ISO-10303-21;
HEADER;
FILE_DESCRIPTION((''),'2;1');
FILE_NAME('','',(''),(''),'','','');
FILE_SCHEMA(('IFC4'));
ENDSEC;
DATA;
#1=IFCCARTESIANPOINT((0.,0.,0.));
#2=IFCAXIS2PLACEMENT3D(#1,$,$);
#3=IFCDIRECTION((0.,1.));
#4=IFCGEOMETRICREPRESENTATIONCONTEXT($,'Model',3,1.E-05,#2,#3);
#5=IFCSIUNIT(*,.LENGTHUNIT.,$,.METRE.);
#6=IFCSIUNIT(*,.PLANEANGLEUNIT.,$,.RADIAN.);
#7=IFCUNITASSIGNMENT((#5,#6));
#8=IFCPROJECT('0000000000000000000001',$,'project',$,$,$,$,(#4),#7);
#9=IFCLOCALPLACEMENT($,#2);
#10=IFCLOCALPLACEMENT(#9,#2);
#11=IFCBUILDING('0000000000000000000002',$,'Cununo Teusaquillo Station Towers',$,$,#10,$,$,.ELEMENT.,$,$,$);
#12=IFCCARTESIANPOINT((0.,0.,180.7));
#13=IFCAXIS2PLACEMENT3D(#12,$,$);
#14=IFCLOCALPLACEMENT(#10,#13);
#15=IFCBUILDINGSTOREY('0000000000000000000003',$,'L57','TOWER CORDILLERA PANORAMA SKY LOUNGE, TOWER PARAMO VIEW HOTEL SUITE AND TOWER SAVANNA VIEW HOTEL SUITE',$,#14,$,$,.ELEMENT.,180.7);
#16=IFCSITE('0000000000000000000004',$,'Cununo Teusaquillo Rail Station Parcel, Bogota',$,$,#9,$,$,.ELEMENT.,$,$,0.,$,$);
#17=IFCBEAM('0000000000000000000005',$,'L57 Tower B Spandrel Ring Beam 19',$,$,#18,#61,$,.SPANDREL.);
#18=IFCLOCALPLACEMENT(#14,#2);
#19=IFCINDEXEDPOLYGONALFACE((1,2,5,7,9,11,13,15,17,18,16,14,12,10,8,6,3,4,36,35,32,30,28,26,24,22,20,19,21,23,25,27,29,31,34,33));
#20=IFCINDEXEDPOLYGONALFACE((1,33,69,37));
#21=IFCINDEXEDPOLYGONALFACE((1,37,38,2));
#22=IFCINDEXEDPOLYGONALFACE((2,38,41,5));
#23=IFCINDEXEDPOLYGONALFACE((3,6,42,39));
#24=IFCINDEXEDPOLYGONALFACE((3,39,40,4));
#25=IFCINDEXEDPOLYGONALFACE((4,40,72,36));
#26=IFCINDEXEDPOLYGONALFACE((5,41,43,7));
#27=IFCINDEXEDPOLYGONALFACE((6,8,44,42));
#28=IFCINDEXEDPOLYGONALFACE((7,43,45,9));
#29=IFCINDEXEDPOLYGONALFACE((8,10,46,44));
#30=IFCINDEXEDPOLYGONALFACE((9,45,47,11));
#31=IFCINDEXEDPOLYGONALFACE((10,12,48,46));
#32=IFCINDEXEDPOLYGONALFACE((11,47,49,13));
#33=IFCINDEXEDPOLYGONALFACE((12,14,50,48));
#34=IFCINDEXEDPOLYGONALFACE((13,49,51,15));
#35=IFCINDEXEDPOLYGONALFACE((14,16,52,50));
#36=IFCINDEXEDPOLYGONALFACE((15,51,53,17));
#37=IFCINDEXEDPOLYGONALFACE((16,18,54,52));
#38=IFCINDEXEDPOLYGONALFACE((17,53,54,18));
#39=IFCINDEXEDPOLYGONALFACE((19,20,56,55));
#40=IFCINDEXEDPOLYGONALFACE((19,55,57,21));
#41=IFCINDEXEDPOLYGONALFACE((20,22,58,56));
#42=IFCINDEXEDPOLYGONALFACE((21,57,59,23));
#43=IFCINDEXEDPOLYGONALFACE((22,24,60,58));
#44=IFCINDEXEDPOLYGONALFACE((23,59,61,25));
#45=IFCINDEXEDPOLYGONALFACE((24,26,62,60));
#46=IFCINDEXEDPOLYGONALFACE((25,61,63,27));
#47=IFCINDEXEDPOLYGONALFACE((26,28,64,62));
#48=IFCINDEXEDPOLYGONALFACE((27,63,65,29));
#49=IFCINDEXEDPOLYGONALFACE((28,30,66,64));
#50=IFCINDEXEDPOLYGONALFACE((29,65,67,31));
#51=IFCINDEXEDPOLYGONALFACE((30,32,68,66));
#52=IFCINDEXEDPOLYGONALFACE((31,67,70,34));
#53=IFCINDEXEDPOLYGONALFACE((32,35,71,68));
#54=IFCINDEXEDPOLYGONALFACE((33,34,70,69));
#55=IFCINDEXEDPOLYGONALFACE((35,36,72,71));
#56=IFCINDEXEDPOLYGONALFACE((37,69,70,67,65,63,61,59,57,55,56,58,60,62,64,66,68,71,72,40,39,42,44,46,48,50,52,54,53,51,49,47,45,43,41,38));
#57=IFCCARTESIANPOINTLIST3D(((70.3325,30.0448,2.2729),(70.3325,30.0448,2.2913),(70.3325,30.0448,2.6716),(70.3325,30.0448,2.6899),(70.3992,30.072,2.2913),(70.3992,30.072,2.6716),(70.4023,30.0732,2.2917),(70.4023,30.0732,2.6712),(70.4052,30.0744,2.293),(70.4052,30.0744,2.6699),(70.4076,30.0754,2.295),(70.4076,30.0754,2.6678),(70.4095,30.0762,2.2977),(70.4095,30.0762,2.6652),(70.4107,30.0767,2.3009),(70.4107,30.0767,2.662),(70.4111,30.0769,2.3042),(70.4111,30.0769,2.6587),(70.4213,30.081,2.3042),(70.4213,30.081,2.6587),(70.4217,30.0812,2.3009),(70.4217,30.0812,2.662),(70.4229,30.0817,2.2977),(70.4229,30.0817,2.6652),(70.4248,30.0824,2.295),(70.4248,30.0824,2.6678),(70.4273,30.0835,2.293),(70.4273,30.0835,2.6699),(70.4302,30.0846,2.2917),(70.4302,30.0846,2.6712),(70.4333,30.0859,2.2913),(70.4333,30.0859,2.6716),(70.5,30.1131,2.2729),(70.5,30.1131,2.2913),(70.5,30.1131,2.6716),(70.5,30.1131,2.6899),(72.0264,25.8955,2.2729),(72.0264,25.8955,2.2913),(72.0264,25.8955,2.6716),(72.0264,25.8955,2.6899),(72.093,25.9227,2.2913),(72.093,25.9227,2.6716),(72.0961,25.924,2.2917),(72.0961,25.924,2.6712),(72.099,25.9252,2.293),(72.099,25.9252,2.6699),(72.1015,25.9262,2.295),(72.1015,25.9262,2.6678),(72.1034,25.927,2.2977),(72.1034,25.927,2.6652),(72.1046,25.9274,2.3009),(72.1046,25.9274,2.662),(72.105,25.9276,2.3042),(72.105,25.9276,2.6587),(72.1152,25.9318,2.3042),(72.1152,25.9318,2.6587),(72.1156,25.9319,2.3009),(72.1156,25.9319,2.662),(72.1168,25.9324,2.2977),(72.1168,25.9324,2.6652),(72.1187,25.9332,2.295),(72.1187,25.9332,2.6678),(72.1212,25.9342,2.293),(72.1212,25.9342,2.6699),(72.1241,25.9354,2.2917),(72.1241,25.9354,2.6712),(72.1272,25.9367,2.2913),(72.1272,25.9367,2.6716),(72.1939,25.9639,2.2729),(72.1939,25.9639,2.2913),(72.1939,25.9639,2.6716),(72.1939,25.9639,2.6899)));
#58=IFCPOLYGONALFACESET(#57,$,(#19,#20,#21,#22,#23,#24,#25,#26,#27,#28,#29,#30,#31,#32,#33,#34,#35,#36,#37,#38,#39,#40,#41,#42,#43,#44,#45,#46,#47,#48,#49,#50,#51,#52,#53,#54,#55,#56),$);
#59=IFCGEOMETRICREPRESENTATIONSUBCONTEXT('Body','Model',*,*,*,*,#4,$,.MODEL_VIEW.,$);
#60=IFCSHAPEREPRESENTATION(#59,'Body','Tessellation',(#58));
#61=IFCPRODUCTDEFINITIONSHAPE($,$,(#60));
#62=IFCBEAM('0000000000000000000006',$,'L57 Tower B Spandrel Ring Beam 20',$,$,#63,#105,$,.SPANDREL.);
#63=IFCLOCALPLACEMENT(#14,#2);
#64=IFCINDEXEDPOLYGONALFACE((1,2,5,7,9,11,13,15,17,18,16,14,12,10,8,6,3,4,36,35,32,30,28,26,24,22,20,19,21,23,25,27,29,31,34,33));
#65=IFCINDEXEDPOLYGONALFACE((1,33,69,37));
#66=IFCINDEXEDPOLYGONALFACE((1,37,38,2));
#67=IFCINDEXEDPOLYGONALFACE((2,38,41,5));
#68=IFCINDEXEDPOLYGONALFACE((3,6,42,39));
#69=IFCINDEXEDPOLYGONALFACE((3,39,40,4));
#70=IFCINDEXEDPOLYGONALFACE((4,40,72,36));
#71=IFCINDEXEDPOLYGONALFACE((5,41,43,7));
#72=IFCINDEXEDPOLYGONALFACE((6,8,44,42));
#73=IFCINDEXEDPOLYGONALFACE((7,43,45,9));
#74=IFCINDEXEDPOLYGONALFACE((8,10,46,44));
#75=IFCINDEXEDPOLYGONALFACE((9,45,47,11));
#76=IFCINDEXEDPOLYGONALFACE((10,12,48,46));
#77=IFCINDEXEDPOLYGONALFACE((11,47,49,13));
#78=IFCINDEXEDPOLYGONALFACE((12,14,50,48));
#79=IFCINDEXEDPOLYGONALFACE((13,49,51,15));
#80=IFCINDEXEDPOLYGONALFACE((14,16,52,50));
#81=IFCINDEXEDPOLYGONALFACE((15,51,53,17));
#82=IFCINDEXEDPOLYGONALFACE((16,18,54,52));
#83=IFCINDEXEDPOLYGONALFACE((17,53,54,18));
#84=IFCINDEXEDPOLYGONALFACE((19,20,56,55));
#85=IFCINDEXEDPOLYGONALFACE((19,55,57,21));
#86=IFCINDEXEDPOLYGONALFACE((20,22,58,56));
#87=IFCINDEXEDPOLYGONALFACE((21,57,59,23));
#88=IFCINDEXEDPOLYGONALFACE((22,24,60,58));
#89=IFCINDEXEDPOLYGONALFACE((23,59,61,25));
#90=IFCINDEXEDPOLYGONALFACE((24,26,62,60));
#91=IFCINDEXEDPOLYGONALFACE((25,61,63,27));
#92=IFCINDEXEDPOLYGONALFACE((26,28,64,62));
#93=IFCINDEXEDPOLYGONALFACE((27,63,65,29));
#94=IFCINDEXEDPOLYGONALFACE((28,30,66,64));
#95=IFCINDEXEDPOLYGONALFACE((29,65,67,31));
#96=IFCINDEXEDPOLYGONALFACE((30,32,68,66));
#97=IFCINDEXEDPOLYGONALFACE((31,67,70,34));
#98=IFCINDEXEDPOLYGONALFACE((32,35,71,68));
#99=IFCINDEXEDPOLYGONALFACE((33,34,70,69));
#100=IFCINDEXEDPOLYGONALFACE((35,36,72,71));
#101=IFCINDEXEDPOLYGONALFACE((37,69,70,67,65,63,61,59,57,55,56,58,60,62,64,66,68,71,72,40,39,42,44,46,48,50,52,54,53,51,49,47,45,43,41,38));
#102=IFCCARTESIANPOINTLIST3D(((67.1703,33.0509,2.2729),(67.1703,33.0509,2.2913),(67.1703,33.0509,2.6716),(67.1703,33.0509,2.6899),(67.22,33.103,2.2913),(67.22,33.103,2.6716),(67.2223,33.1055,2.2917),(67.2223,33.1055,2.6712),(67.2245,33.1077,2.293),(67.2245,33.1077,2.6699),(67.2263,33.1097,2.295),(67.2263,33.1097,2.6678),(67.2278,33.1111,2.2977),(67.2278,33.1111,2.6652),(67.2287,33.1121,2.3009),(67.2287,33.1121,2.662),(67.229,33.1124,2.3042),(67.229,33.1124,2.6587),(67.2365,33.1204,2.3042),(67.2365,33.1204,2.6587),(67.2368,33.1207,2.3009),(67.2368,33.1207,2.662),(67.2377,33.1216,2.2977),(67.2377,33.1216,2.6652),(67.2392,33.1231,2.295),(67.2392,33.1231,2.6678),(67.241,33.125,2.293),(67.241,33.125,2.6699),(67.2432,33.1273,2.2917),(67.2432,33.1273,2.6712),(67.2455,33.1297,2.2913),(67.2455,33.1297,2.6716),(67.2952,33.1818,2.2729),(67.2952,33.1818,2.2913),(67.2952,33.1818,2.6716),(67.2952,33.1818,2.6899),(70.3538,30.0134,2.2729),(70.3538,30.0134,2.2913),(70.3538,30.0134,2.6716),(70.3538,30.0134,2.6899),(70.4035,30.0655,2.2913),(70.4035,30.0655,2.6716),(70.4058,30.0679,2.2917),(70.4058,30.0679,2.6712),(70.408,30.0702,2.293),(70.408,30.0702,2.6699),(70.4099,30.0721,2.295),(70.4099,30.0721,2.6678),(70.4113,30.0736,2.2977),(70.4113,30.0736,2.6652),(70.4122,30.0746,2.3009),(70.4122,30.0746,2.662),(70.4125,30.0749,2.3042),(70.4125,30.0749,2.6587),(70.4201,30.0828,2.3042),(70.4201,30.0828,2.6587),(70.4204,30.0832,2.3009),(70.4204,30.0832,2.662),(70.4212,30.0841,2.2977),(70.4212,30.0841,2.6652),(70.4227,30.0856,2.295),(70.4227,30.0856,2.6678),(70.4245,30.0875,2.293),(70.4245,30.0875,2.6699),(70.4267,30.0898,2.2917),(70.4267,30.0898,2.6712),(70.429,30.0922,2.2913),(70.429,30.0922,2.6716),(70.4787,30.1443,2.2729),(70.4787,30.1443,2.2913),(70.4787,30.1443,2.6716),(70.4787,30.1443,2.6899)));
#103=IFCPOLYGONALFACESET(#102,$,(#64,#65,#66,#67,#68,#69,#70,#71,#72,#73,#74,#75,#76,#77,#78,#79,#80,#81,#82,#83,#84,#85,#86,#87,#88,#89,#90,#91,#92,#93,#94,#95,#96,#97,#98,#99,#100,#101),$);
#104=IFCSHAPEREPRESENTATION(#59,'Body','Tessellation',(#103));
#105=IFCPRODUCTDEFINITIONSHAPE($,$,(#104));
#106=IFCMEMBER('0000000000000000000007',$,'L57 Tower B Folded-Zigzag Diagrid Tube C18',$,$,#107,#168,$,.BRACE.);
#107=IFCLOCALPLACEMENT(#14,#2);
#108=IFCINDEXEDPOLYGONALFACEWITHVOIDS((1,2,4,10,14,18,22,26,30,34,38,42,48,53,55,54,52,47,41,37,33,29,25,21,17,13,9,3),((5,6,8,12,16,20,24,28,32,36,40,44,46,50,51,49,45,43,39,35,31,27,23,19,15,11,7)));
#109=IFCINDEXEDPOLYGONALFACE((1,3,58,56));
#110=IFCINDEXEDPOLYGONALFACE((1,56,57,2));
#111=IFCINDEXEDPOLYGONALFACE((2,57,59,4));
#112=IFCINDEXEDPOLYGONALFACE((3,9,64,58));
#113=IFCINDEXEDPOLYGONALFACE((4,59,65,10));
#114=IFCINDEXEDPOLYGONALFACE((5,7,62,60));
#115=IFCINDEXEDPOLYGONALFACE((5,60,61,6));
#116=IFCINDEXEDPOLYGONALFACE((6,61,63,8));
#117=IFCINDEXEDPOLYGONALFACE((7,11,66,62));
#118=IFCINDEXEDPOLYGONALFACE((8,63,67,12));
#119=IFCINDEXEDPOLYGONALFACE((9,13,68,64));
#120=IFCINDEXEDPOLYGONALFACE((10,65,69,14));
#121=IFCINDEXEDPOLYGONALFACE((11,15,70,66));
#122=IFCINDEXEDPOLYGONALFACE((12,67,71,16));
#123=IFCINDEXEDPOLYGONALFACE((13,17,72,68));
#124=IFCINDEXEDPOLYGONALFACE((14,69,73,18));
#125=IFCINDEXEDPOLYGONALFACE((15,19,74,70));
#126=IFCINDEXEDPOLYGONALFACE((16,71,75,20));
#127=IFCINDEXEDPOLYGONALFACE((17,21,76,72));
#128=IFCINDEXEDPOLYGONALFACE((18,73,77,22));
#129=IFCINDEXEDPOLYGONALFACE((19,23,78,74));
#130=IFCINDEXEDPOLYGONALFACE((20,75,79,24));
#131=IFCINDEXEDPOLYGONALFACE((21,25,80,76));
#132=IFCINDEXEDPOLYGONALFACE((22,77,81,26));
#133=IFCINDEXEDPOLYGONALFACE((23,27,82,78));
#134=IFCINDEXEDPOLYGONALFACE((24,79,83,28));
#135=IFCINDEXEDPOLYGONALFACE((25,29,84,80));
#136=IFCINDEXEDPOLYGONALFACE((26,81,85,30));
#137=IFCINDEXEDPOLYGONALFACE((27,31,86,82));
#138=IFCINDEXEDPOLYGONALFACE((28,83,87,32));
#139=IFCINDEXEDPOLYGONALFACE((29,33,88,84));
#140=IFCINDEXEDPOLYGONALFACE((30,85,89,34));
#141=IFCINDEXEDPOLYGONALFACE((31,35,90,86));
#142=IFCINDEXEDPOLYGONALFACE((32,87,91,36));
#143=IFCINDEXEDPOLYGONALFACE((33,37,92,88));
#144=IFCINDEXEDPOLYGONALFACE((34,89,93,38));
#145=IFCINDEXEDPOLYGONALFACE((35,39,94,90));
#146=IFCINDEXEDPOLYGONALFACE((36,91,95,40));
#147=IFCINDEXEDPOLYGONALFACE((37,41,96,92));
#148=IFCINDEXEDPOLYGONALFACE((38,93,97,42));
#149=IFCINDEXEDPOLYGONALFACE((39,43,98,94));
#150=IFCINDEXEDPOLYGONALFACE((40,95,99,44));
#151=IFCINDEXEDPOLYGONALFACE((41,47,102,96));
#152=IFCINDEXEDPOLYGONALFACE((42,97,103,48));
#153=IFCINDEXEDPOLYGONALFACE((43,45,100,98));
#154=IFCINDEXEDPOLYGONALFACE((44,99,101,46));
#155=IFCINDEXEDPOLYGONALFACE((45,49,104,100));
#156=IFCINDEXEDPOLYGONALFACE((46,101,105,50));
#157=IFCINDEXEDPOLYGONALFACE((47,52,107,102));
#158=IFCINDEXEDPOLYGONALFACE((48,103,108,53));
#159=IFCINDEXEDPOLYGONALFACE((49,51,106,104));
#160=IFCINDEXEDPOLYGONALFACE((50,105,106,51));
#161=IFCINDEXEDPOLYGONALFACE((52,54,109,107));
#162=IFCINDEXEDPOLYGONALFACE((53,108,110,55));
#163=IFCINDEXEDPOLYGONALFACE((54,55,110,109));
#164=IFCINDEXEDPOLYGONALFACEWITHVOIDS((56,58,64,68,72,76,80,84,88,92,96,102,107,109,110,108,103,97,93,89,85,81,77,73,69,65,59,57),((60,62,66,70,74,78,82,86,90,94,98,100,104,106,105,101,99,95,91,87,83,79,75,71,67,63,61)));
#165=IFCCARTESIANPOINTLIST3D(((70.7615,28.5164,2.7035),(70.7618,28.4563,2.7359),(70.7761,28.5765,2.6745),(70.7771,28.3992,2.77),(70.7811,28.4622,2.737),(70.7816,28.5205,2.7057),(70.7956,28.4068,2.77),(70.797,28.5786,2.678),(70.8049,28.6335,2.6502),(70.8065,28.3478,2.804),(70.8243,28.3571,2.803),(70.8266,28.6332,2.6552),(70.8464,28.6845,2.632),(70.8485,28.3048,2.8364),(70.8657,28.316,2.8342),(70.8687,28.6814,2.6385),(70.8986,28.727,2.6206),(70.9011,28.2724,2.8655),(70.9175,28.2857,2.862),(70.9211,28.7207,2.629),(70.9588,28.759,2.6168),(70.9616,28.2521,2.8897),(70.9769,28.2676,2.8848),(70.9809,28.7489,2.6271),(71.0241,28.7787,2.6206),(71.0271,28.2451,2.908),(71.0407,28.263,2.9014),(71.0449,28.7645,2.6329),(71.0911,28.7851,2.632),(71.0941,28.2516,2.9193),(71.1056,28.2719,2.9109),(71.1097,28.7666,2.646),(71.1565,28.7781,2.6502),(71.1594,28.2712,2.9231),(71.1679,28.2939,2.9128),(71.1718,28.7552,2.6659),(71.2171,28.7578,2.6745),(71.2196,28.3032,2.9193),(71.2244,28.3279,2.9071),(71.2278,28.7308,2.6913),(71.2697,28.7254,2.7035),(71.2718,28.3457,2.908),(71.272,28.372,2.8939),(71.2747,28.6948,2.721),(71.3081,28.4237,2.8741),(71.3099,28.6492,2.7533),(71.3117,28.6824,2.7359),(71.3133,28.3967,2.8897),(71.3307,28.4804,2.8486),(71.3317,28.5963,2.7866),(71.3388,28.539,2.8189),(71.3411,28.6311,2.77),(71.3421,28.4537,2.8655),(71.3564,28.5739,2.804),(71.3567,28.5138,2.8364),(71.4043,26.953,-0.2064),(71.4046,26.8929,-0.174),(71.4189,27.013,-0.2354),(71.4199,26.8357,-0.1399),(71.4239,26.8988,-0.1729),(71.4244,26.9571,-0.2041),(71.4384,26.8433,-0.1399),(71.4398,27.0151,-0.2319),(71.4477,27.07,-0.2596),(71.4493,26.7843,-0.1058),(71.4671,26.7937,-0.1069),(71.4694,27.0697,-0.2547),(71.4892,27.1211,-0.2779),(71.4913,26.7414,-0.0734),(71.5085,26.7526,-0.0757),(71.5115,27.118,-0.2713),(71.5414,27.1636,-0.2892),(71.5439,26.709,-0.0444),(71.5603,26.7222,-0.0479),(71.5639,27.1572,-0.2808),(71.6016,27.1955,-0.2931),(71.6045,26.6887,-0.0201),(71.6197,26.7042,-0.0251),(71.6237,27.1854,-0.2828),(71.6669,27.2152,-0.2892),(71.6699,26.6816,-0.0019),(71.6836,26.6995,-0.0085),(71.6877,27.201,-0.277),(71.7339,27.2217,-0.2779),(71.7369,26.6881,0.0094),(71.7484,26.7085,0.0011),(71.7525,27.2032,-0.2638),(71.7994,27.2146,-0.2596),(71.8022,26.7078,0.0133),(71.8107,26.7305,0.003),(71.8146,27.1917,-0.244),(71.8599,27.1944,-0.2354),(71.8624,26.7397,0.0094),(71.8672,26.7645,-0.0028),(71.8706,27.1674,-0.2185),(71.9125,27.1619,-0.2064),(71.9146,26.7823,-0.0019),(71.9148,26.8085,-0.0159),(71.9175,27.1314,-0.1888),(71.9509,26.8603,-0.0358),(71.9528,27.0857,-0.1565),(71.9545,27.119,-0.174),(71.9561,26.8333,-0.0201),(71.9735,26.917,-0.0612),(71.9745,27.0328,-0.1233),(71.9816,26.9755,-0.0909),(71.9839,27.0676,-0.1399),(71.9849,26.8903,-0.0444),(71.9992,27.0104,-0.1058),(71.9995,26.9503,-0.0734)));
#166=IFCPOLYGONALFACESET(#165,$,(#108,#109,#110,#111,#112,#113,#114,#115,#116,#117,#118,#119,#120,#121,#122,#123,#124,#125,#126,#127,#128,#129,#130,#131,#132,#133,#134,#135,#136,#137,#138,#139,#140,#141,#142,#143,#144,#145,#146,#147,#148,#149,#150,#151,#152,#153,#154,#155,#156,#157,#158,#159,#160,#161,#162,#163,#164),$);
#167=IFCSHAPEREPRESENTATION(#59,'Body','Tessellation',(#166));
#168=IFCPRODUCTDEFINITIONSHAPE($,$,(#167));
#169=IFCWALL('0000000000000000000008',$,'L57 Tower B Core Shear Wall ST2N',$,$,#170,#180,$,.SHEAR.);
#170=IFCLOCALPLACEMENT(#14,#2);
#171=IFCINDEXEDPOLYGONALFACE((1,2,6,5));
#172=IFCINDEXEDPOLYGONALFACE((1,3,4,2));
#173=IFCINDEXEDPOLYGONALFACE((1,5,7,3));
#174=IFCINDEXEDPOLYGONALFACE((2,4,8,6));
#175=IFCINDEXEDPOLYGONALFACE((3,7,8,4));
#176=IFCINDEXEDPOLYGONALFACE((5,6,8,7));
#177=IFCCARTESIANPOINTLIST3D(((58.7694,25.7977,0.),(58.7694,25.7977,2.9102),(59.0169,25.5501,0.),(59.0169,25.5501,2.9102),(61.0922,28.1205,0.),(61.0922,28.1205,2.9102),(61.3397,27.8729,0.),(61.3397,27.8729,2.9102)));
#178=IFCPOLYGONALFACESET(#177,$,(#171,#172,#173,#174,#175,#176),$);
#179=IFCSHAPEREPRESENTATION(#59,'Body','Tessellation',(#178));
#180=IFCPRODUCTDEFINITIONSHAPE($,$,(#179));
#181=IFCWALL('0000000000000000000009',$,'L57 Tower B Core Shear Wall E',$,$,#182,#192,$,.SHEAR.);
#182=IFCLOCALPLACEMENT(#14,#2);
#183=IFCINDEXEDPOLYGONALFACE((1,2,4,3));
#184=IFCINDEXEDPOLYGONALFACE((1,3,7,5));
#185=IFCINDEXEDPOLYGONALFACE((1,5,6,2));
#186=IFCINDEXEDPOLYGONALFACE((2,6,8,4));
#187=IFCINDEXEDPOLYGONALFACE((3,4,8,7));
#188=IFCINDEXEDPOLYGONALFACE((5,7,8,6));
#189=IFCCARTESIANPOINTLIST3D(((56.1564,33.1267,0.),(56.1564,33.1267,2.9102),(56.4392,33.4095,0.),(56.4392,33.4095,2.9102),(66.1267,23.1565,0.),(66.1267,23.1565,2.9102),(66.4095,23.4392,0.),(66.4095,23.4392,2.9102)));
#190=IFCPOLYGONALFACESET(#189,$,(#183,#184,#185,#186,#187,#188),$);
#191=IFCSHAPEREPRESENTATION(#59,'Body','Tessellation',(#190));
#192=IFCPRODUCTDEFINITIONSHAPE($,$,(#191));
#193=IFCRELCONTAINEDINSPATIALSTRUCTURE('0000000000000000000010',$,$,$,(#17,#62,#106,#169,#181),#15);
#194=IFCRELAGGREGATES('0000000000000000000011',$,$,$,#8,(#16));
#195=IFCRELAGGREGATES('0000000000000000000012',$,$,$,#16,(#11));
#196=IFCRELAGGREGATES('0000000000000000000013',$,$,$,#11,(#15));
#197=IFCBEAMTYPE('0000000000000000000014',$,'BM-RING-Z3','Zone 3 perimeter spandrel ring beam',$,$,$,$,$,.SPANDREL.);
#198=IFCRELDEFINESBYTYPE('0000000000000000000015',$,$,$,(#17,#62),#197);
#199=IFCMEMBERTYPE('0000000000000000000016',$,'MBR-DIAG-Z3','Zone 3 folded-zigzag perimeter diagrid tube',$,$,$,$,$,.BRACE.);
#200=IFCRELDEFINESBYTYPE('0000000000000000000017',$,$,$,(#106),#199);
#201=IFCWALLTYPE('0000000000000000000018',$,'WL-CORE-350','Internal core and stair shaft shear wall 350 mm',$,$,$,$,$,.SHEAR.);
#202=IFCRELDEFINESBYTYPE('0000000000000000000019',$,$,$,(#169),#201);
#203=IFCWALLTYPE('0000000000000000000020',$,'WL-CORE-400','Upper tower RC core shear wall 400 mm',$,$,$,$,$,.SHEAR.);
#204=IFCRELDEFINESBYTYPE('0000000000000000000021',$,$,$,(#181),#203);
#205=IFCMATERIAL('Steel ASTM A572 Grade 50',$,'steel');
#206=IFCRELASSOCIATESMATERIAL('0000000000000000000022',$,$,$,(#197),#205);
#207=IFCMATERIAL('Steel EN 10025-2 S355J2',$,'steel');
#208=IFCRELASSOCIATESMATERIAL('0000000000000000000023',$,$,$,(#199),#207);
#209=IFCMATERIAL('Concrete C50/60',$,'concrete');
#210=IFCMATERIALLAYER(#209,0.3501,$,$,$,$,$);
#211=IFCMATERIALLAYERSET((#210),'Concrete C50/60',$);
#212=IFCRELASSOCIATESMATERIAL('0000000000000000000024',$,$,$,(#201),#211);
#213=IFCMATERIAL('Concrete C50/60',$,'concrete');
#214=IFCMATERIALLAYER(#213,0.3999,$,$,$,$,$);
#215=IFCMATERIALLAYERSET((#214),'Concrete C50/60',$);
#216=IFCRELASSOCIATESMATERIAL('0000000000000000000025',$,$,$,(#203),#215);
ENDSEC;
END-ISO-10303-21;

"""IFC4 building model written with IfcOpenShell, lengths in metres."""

from ifc_helpers import new_model, si_unit, direction, frame, frame_2d, origin, origin_2d, place, context, subcontext, project, spatial, rectangle, hollow_circle, i_section, extrude, material, layer, layer_set, material_profile, profile_set, type_object, element, save


model = new_model("IFC4")

# Units and contexts
model_context = context("Model", 3, precision=1e-05, world=origin(), true_north=direction((0.0, 1.0)))
body_context = subcontext(model_context, "Body", "Model", "MODEL_VIEW")
ifc_project = project(units=[si_unit("LENGTHUNIT", "METRE"), si_unit("PLANEANGLEUNIT", "RADIAN")], contexts=[model_context])

# Site, building, storey
site_placement = place(None, origin())
site = spatial("IfcSite", under=ifc_project, at=site_placement, Name="Cununo Teusaquillo Rail Station Parcel, Bogota", CompositionType="ELEMENT", RefElevation=0.0)
building_placement = place(site_placement, origin())
building = spatial("IfcBuilding", under=site, at=building_placement, Name="Cununo Teusaquillo Station Towers", CompositionType="ELEMENT")
storey_placement = place(building_placement, frame((0.0, 0.0, 180.7)))
storey = spatial("IfcBuildingStorey", under=building, at=storey_placement, Name="L57", Description="TOWER CORDILLERA PANORAMA SKY LOUNGE, TOWER PARAMO VIEW HOTEL SUITE AND TOWER SAVANNA VIEW HOTEL SUITE", CompositionType="ELEMENT", Elevation=180.7)

# Beams
ifc_material_1 = material(Name="Steel ASTM A572 Grade 50", Category="steel")
ifc_material_profile_1 = material_profile(ifc_material_1, i_section(OverallWidth=0.1809, OverallDepth=0.417, WebThickness=0.011, FlangeThickness=0.0183, FilletRadius=0.0129, at=origin_2d()), Name="W16X57")
ifc_profile_set_1 = profile_set([ifc_material_profile_1], Name="Steel ASTM A572 Grade 50")
beam_type_1 = type_object("IfcBeamType", Name="BM-RING-Z3", Description="Zone 3 perimeter spandrel ring beam", PredefinedType="SPANDREL", material=ifc_profile_set_1)
beam_1_placement = place(storey_placement, frame((72.1101, 25.9297, 2.4814), z_axis=(-0.377956, 0.925824, 0.0), x_axis=(-0.925824, -0.377956, 0.0)))
element("IfcBeam", 1, at=beam_1_placement, inside=storey, type_object=beam_type_1, Name="L57 Tower B Spandrel Ring Beam 19", PredefinedType="SPANDREL", context=body_context, shape_type="SweptSolid", body=[
    extrude(i_section(OverallWidth=0.1809, OverallDepth=0.417, WebThickness=0.011, FlangeThickness=0.0183, FilletRadius=0.0129, at=origin_2d()), origin(), (0.0, 0.0, 1.0), 4.4817),
])
beam_2_placement = place(storey_placement, frame((70.4163, 30.0789, 2.4814), z_axis=(-0.723502, 0.690323, 0.0), x_axis=(-0.690323, -0.723502, 0.0)))
element("IfcBeam", 2, at=beam_2_placement, inside=storey, type_object=beam_type_1, Name="L57 Tower B Spandrel Ring Beam 20", PredefinedType="SPANDREL", context=body_context, shape_type="SweptSolid", body=[
    extrude(i_section(OverallWidth=0.1809, OverallDepth=0.417, WebThickness=0.011, FlangeThickness=0.0183, FilletRadius=0.0129, at=origin_2d()), origin(), (0.0, 0.0, 1.0), 4.4001),
])

# Member
ifc_material_2 = material(Name="Steel EN 10025-2 S355J2", Category="steel")
ifc_material_profile_2 = material_profile(ifc_material_2, hollow_circle(Radius=0.3049, WallThickness=0.02, at=origin_2d()), Name="CHS 610x20")
ifc_profile_set_2 = profile_set([ifc_material_profile_2], Name="Steel EN 10025-2 S355J2")
member_type = type_object("IfcMemberType", Name="MBR-DIAG-Z3", Description="Zone 3 folded-zigzag perimeter diagrid tube", PredefinedType="BRACE", material=ifc_profile_set_2)
member_placement = place(storey_placement, frame((71.7019, 26.9517, -0.1399), z_axis=(-0.191015, 0.464587, 0.86468), x_axis=(-0.924878, -0.380263, 0.0)))
element("IfcMember", 3, at=member_placement, inside=storey, type_object=member_type, Name="L57 Tower B Folded-Zigzag Diagrid Tube C18", PredefinedType="BRACE", context=body_context, shape_type="SweptSolid", body=[
    extrude(hollow_circle(Radius=0.3049, WallThickness=0.02, at=origin_2d()), origin(), (0.0, 0.0, 1.0), 3.3652),
])

# Walls
ifc_material_3 = material(Name="Concrete C50/60", Category="concrete")
ifc_layer_1 = layer(ifc_material_3, 0.3501)
ifc_layer_set_1 = layer_set([ifc_layer_1], Name="Concrete C50/60")
wall_type_1 = type_object("IfcWallType", Name="WL-CORE-350", Description="Internal core and stair shaft shear wall 350 mm", PredefinedType="SHEAR", material=ifc_layer_set_1)
wall_1_placement = place(storey_placement, frame((58.8931, 25.6738, 0.0), z_axis=(0.0, 0.0, 1.0), x_axis=(0.707107, 0.707107, 0.0)))
element("IfcWall", 4, at=wall_1_placement, inside=storey, type_object=wall_type_1, Name="L57 Tower B Core Shear Wall ST2N", PredefinedType="SHEAR", context=body_context, shape_type="SweptSolid", body=[
    extrude(rectangle(XDim=3.2849, YDim=0.3501, at=frame_2d((1.6426, 0.0))), origin(), (0.0, 0.0, 1.0), 2.9102),
])
ifc_material_4 = material(Name="Concrete C50/60", Category="concrete")
ifc_layer_2 = layer(ifc_material_4, 0.3999)
ifc_layer_set_2 = layer_set([ifc_layer_2], Name="Concrete C50/60")
wall_type_2 = type_object("IfcWallType", Name="WL-CORE-400", Description="Upper tower RC core shear wall 400 mm", PredefinedType="SHEAR", material=ifc_layer_set_2)
wall_2_placement = place(storey_placement, frame((66.2681, 23.2979, 0.0), z_axis=(0.0, 0.0, 1.0), x_axis=(-0.707107, 0.707107, 0.0)))
element("IfcWall", 5, at=wall_2_placement, inside=storey, type_object=wall_type_2, Name="L57 Tower B Core Shear Wall E", PredefinedType="SHEAR", context=body_context, shape_type="SweptSolid", body=[
    extrude(rectangle(XDim=14.1001, YDim=0.3999, at=frame_2d((7.05, 0.0))), origin(), (0.0, 0.0, 1.0), 2.9102),
])

save(model, "model.ifc")
